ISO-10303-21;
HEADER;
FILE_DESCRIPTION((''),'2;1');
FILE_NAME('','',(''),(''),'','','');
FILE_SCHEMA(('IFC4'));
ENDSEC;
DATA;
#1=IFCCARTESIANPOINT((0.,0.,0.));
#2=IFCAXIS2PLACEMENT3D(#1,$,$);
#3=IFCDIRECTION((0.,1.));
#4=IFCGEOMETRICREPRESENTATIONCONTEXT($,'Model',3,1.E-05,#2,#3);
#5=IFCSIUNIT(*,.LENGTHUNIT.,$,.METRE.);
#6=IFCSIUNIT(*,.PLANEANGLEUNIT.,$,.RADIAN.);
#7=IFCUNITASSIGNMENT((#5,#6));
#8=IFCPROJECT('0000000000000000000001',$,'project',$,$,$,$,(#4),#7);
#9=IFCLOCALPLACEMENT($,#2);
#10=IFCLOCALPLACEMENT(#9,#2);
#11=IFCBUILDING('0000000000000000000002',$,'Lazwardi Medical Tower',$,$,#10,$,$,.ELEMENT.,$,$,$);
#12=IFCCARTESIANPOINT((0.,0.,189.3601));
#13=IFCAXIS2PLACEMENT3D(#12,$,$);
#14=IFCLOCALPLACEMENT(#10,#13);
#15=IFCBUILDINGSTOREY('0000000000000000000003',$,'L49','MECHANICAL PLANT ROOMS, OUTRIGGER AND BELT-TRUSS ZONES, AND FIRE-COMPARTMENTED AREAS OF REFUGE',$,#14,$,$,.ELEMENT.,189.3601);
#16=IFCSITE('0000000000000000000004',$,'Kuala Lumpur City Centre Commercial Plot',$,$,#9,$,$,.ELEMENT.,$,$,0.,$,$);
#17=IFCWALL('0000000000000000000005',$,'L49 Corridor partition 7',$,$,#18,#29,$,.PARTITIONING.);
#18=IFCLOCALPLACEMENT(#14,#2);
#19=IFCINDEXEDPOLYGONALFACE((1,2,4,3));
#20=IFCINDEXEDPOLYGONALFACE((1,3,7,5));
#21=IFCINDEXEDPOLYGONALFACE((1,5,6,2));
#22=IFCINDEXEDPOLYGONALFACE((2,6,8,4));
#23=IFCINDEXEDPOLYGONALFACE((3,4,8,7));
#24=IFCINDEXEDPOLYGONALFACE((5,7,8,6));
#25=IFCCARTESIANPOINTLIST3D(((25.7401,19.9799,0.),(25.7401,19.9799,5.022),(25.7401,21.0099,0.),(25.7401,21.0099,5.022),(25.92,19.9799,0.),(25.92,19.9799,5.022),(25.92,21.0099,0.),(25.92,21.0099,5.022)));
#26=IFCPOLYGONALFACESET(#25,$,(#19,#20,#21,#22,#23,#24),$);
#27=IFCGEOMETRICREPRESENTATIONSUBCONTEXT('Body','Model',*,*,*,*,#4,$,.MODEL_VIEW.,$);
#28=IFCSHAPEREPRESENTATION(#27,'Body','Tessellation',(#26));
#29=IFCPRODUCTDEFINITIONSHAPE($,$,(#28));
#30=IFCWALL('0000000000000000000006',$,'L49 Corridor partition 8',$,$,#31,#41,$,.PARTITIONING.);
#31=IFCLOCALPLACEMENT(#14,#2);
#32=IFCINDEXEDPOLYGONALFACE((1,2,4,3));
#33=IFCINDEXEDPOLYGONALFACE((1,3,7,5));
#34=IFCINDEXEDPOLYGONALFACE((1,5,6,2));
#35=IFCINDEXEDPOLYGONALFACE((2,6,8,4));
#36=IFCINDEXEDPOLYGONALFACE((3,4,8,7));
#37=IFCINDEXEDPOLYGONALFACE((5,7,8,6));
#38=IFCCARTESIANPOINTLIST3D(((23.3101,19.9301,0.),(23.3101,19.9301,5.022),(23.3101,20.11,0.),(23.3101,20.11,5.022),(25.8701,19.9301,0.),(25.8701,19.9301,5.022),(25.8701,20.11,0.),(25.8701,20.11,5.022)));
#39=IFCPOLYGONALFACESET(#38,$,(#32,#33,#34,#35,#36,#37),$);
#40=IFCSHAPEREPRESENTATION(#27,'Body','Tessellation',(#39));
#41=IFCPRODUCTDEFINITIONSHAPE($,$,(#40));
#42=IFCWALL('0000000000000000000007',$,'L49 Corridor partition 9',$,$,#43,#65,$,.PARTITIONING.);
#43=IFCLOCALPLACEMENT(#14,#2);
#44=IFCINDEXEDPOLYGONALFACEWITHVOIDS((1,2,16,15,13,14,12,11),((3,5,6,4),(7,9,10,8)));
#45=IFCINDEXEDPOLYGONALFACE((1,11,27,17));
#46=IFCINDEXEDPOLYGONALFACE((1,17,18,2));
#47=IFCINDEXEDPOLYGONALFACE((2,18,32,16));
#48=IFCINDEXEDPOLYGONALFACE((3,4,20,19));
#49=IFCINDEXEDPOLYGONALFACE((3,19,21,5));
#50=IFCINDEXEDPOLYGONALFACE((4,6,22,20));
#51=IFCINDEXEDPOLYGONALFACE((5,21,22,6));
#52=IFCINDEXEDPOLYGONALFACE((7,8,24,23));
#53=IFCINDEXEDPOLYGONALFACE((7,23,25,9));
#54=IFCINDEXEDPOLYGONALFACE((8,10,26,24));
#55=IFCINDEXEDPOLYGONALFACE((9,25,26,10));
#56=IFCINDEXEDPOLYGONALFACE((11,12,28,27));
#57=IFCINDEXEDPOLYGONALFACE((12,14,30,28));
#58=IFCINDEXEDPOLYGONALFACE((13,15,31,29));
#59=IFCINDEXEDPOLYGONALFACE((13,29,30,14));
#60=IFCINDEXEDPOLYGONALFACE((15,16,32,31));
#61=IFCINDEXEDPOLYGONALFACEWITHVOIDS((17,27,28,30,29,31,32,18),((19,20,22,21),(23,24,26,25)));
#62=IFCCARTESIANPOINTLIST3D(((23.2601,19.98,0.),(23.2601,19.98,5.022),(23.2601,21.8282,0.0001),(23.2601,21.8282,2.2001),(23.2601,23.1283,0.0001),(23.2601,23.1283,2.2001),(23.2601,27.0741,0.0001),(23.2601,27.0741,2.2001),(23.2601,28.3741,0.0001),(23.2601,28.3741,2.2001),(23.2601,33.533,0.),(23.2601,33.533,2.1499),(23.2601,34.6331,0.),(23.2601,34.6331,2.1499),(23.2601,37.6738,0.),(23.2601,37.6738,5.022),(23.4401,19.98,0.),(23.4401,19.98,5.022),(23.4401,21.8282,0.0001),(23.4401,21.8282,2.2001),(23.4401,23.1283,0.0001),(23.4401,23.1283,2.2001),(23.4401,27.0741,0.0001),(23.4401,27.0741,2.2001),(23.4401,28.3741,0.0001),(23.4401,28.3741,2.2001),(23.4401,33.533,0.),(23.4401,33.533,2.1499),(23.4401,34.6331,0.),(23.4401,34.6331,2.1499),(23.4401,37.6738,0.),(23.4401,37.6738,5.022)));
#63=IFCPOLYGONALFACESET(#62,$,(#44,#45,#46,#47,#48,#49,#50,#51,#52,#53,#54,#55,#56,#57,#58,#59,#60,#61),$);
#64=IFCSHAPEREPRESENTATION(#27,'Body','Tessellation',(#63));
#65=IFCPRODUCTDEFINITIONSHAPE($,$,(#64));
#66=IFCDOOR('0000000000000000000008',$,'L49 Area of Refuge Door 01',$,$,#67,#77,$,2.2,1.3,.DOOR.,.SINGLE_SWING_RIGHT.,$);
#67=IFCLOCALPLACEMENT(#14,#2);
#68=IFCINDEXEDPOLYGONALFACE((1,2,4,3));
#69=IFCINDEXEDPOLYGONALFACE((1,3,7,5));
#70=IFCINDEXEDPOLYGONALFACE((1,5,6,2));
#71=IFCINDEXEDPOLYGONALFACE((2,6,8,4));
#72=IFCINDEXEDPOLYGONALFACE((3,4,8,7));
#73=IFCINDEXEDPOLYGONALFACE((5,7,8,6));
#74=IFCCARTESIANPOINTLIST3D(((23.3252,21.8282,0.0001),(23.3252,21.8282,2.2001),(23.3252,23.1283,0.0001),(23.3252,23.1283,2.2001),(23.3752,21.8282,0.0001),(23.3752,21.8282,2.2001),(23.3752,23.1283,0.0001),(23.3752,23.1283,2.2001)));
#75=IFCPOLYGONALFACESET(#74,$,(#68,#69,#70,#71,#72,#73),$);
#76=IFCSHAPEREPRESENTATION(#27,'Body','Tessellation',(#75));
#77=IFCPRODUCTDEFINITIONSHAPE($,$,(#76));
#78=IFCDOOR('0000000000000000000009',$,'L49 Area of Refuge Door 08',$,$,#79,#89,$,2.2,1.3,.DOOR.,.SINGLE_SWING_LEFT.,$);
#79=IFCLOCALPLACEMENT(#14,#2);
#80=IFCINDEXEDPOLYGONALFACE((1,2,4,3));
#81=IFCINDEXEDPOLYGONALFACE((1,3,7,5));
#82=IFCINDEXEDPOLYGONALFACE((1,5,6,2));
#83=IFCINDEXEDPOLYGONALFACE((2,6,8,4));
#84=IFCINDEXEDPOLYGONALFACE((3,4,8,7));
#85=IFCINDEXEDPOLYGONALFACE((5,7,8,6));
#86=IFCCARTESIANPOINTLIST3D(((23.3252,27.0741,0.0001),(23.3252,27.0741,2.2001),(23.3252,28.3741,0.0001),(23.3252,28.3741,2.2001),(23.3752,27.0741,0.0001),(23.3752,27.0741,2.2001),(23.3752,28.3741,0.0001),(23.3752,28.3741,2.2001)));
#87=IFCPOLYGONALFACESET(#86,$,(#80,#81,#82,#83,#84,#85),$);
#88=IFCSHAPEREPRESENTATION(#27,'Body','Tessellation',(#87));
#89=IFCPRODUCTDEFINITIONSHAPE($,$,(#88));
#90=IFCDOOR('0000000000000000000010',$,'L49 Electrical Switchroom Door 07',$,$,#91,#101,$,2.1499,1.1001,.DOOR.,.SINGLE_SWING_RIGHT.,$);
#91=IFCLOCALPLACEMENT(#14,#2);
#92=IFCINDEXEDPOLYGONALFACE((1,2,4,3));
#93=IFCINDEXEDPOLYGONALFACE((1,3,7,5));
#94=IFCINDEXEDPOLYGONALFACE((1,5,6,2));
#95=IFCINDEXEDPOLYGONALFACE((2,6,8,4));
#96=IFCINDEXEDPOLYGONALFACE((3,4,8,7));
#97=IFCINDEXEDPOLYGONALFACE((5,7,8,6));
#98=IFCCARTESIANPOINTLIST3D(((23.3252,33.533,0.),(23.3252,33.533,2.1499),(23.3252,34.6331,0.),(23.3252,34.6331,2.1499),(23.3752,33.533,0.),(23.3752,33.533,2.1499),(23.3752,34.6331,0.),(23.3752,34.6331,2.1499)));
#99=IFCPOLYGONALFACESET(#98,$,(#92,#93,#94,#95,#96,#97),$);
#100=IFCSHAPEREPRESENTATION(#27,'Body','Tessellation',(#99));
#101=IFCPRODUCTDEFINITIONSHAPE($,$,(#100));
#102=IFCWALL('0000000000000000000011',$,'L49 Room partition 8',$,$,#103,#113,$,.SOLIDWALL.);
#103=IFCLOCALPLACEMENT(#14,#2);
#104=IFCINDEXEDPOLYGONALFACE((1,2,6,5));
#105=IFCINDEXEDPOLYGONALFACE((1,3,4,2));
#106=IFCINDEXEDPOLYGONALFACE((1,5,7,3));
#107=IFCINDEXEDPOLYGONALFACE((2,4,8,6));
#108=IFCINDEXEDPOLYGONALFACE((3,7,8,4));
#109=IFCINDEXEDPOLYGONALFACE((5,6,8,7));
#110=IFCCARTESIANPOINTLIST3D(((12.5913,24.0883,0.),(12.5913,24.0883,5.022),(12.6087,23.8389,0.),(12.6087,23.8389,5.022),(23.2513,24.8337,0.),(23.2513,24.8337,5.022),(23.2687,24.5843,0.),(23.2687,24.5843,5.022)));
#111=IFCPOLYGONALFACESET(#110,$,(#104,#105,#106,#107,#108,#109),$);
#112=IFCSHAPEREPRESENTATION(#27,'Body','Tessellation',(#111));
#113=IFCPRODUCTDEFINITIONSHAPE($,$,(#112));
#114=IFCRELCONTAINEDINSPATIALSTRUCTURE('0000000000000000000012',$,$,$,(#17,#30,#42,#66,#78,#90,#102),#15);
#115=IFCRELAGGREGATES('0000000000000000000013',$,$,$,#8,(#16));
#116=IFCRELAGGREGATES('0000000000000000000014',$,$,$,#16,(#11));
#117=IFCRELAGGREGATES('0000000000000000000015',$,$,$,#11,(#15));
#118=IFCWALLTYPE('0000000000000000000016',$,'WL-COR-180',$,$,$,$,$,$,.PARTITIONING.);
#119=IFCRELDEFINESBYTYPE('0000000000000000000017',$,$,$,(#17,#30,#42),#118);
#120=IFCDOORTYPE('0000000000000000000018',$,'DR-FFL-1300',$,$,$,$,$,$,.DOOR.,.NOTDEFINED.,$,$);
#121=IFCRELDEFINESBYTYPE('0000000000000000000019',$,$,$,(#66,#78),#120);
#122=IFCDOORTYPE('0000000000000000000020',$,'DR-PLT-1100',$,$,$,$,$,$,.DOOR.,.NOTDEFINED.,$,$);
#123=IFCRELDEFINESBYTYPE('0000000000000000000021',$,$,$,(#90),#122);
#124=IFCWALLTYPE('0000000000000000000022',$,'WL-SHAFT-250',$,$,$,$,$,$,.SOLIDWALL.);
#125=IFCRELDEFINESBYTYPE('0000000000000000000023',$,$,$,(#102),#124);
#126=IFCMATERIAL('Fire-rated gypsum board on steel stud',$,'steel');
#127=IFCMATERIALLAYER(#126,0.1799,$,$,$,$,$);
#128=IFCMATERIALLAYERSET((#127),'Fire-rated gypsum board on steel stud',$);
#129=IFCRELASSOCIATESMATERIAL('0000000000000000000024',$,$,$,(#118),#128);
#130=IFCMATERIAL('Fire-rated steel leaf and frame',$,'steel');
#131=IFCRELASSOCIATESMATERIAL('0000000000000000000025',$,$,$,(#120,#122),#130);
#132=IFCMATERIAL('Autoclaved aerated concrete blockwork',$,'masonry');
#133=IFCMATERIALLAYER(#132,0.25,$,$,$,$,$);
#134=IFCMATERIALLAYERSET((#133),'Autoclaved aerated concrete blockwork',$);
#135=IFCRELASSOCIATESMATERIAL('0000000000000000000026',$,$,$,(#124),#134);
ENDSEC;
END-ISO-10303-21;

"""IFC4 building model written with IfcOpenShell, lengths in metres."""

from ifc_helpers import new_model, si_unit, direction, frame, frame_2d, origin, place, context, subcontext, project, spatial, rectangle, extrude, material, layer, layer_set, type_object, element, fill, save


model = new_model("IFC4")

# Units and contexts
model_context = context("Model", 3, precision=1e-05, world=origin(), true_north=direction((0.0, 1.0)))
body_context = subcontext(model_context, "Body", "Model", "MODEL_VIEW")
ifc_project = project(units=[si_unit("LENGTHUNIT", "METRE"), si_unit("PLANEANGLEUNIT", "RADIAN")], contexts=[model_context])

# Site, building, storey
site_placement = place(None, origin())
site = spatial("IfcSite", under=ifc_project, at=site_placement, Name="Kuala Lumpur City Centre Commercial Plot", CompositionType="ELEMENT", RefElevation=0.0)
building_placement = place(site_placement, origin())
building = spatial("IfcBuilding", under=site, at=building_placement, Name="Lazwardi Medical Tower", CompositionType="ELEMENT")
storey_placement = place(building_placement, frame((0.0, 0.0, 189.3601)))
storey = spatial("IfcBuildingStorey", under=building, at=storey_placement, Name="L49", Description="MECHANICAL PLANT ROOMS, OUTRIGGER AND BELT-TRUSS ZONES, AND FIRE-COMPARTMENTED AREAS OF REFUGE", CompositionType="ELEMENT", Elevation=189.3601)

# Walls
ifc_material_1 = material(Name="Fire-rated gypsum board on steel stud", Category="steel")
ifc_layer_1 = layer(ifc_material_1, 0.1799)
ifc_layer_set_1 = layer_set([ifc_layer_1], Name="Fire-rated gypsum board on steel stud")
wall_type_1 = type_object("IfcWallType", Name="WL-COR-180", PredefinedType="PARTITIONING", material=ifc_layer_set_1)
wall_1_placement = place(storey_placement, frame((25.8301, 21.01, 0.0), z_axis=(0.0, 0.0, 1.0), x_axis=(0.0, -1.0, 0.0)))
element("IfcWall", 1, at=wall_1_placement, inside=storey, type_object=wall_type_1, Name="L49 Corridor partition 7", PredefinedType="PARTITIONING", context=body_context, shape_type="SweptSolid", body=[
    extrude(rectangle(XDim=1.03, YDim=0.1799, at=frame_2d((0.5151, 0.0))), origin(), (0.0, 0.0, 1.0), 5.022),
])
wall_2_placement = place(storey_placement, frame((25.8701, 20.02, 0.0), z_axis=(0.0, 0.0, 1.0), x_axis=(-1.0, 0.0, 0.0)))
element("IfcWall", 2, at=wall_2_placement, inside=storey, type_object=wall_type_1, Name="L49 Corridor partition 8", PredefinedType="PARTITIONING", context=body_context, shape_type="SweptSolid", body=[
    extrude(rectangle(XDim=2.5601, YDim=0.1799, at=frame_2d((1.28, 0.0))), origin(), (0.0, 0.0, 1.0), 5.022),
])

# Wall, openings, doors
wall_3_placement = place(storey_placement, frame((23.3501, 19.98, 0.0), z_axis=(0.0, 0.0, 1.0), x_axis=(0.0, 1.0, 0.0)))
wall_3 = element("IfcWall", 3, at=wall_3_placement, inside=storey, type_object=wall_type_1, Name="L49 Corridor partition 9", PredefinedType="PARTITIONING", context=body_context, shape_type="SweptSolid", body=[
    extrude(rectangle(XDim=17.6938, YDim=0.1799, at=frame_2d((8.8469, 0.0))), origin(), (0.0, 0.0, 1.0), 5.022),
])
opening_1_placement = place(wall_3_placement, frame((1.8484, 0.0, 0.0)))
opening_1 = element("IfcOpeningElement", 4, at=opening_1_placement, cuts=wall_3, PredefinedType="OPENING", context=body_context, shape_type="SweptSolid", body=[
    extrude(rectangle(XDim=1.3, YDim=2.2, at=frame_2d((0.6499, 1.1001))), frame((0.0, 0.0999, 0.0), z_axis=(0.0, -1.0, 0.0), x_axis=(1.0, 0.0, 0.0)), (0.0, 0.0, 1.0), 0.2),
])
opening_2_placement = place(wall_3_placement, frame((13.553, 0.0, 0.0)))
opening_2 = element("IfcOpeningElement", 5, at=opening_2_placement, cuts=wall_3, PredefinedType="OPENING", context=body_context, shape_type="SweptSolid", body=[
    extrude(rectangle(XDim=1.1001, YDim=2.1499, at=frame_2d((0.55, 1.075))), frame((0.0, 0.0999, 0.0), z_axis=(0.0, -1.0, 0.0), x_axis=(1.0, 0.0, 0.0)), (0.0, 0.0, 1.0), 0.2),
])
opening_3_placement = place(wall_3_placement, frame((7.0942, 0.0, 0.0)))
opening_3 = element("IfcOpeningElement", 6, at=opening_3_placement, cuts=wall_3, PredefinedType="OPENING", context=body_context, shape_type="SweptSolid", body=[
    extrude(rectangle(XDim=1.3, YDim=2.2, at=frame_2d((0.6499, 1.1001))), frame((0.0, 0.0999, 0.0), z_axis=(0.0, -1.0, 0.0), x_axis=(1.0, 0.0, 0.0)), (0.0, 0.0, 1.0), 0.2),
])
ifc_material_2 = material(Name="Fire-rated steel leaf and frame", Category="steel")
door_type_1 = type_object("IfcDoorType", Name="DR-FFL-1300", OperationType="NOTDEFINED", PredefinedType="DOOR", material=ifc_material_2)
door_1_placement = place(opening_1_placement, origin())
door_1 = element("IfcDoor", 7, at=door_1_placement, inside=storey, type_object=door_type_1, Name="L49 Area of Refuge Door 01", OperationType="SINGLE_SWING_RIGHT", OverallHeight=2.2, OverallWidth=1.3, PredefinedType="DOOR", context=body_context, shape_type="SweptSolid", body=[
    extrude(rectangle(XDim=1.3, YDim=2.2, at=frame_2d((0.6499, 1.1001))), frame((0.0, 0.0249, 0.0), z_axis=(0.0, -1.0, 0.0), x_axis=(1.0, 0.0, 0.0)), (0.0, 0.0, 1.0), 0.05),
])
fill(opening_1, door_1)
door_2_placement = place(opening_3_placement, origin())
door_2 = element("IfcDoor", 8, at=door_2_placement, inside=storey, type_object=door_type_1, Name="L49 Area of Refuge Door 08", OperationType="SINGLE_SWING_LEFT", OverallHeight=2.2, OverallWidth=1.3, PredefinedType="DOOR", context=body_context, shape_type="SweptSolid", body=[
    extrude(rectangle(XDim=1.3, YDim=2.2, at=frame_2d((0.6499, 1.1001))), frame((0.0, 0.0249, 0.0), z_axis=(0.0, -1.0, 0.0), x_axis=(1.0, 0.0, 0.0)), (0.0, 0.0, 1.0), 0.05),
])
fill(opening_3, door_2)
door_type_2 = type_object("IfcDoorType", Name="DR-PLT-1100", OperationType="NOTDEFINED", PredefinedType="DOOR", material=ifc_material_2)
door_3_placement = place(opening_2_placement, origin())
door_3 = element("IfcDoor", 9, at=door_3_placement, inside=storey, type_object=door_type_2, Name="L49 Electrical Switchroom Door 07", OperationType="SINGLE_SWING_RIGHT", OverallHeight=2.1499, OverallWidth=1.1001, PredefinedType="DOOR", context=body_context, shape_type="SweptSolid", body=[
    extrude(rectangle(XDim=1.1001, YDim=2.1499, at=frame_2d((0.55, 1.075))), frame((0.0, 0.0249, 0.0), z_axis=(0.0, -1.0, 0.0), x_axis=(1.0, 0.0, 0.0)), (0.0, 0.0, 1.0), 0.05),
])
fill(opening_2, door_3)

# Wall
ifc_material_3 = material(Name="Autoclaved aerated concrete blockwork", Category="masonry")
ifc_layer_2 = layer(ifc_material_3, 0.25)
ifc_layer_set_2 = layer_set([ifc_layer_2], Name="Autoclaved aerated concrete blockwork")
wall_type_2 = type_object("IfcWallType", Name="WL-SHAFT-250", PredefinedType="SOLIDWALL", material=ifc_layer_set_2)
wall_4_placement = place(storey_placement, frame((23.26, 24.709, 0.0), z_axis=(0.0, 0.0, 1.0), x_axis=(-0.997564, -0.069752, 0.0)))
element("IfcWall", 10, at=wall_4_placement, inside=storey, type_object=wall_type_2, Name="L49 Room partition 8", PredefinedType="SOLIDWALL", context=body_context, shape_type="SweptSolid", body=[
    extrude(rectangle(XDim=10.686, YDim=0.25, at=frame_2d((5.343, 0.0))), origin(), (0.0, 0.0, 1.0), 5.022),
])

save(model, "model.ifc")
